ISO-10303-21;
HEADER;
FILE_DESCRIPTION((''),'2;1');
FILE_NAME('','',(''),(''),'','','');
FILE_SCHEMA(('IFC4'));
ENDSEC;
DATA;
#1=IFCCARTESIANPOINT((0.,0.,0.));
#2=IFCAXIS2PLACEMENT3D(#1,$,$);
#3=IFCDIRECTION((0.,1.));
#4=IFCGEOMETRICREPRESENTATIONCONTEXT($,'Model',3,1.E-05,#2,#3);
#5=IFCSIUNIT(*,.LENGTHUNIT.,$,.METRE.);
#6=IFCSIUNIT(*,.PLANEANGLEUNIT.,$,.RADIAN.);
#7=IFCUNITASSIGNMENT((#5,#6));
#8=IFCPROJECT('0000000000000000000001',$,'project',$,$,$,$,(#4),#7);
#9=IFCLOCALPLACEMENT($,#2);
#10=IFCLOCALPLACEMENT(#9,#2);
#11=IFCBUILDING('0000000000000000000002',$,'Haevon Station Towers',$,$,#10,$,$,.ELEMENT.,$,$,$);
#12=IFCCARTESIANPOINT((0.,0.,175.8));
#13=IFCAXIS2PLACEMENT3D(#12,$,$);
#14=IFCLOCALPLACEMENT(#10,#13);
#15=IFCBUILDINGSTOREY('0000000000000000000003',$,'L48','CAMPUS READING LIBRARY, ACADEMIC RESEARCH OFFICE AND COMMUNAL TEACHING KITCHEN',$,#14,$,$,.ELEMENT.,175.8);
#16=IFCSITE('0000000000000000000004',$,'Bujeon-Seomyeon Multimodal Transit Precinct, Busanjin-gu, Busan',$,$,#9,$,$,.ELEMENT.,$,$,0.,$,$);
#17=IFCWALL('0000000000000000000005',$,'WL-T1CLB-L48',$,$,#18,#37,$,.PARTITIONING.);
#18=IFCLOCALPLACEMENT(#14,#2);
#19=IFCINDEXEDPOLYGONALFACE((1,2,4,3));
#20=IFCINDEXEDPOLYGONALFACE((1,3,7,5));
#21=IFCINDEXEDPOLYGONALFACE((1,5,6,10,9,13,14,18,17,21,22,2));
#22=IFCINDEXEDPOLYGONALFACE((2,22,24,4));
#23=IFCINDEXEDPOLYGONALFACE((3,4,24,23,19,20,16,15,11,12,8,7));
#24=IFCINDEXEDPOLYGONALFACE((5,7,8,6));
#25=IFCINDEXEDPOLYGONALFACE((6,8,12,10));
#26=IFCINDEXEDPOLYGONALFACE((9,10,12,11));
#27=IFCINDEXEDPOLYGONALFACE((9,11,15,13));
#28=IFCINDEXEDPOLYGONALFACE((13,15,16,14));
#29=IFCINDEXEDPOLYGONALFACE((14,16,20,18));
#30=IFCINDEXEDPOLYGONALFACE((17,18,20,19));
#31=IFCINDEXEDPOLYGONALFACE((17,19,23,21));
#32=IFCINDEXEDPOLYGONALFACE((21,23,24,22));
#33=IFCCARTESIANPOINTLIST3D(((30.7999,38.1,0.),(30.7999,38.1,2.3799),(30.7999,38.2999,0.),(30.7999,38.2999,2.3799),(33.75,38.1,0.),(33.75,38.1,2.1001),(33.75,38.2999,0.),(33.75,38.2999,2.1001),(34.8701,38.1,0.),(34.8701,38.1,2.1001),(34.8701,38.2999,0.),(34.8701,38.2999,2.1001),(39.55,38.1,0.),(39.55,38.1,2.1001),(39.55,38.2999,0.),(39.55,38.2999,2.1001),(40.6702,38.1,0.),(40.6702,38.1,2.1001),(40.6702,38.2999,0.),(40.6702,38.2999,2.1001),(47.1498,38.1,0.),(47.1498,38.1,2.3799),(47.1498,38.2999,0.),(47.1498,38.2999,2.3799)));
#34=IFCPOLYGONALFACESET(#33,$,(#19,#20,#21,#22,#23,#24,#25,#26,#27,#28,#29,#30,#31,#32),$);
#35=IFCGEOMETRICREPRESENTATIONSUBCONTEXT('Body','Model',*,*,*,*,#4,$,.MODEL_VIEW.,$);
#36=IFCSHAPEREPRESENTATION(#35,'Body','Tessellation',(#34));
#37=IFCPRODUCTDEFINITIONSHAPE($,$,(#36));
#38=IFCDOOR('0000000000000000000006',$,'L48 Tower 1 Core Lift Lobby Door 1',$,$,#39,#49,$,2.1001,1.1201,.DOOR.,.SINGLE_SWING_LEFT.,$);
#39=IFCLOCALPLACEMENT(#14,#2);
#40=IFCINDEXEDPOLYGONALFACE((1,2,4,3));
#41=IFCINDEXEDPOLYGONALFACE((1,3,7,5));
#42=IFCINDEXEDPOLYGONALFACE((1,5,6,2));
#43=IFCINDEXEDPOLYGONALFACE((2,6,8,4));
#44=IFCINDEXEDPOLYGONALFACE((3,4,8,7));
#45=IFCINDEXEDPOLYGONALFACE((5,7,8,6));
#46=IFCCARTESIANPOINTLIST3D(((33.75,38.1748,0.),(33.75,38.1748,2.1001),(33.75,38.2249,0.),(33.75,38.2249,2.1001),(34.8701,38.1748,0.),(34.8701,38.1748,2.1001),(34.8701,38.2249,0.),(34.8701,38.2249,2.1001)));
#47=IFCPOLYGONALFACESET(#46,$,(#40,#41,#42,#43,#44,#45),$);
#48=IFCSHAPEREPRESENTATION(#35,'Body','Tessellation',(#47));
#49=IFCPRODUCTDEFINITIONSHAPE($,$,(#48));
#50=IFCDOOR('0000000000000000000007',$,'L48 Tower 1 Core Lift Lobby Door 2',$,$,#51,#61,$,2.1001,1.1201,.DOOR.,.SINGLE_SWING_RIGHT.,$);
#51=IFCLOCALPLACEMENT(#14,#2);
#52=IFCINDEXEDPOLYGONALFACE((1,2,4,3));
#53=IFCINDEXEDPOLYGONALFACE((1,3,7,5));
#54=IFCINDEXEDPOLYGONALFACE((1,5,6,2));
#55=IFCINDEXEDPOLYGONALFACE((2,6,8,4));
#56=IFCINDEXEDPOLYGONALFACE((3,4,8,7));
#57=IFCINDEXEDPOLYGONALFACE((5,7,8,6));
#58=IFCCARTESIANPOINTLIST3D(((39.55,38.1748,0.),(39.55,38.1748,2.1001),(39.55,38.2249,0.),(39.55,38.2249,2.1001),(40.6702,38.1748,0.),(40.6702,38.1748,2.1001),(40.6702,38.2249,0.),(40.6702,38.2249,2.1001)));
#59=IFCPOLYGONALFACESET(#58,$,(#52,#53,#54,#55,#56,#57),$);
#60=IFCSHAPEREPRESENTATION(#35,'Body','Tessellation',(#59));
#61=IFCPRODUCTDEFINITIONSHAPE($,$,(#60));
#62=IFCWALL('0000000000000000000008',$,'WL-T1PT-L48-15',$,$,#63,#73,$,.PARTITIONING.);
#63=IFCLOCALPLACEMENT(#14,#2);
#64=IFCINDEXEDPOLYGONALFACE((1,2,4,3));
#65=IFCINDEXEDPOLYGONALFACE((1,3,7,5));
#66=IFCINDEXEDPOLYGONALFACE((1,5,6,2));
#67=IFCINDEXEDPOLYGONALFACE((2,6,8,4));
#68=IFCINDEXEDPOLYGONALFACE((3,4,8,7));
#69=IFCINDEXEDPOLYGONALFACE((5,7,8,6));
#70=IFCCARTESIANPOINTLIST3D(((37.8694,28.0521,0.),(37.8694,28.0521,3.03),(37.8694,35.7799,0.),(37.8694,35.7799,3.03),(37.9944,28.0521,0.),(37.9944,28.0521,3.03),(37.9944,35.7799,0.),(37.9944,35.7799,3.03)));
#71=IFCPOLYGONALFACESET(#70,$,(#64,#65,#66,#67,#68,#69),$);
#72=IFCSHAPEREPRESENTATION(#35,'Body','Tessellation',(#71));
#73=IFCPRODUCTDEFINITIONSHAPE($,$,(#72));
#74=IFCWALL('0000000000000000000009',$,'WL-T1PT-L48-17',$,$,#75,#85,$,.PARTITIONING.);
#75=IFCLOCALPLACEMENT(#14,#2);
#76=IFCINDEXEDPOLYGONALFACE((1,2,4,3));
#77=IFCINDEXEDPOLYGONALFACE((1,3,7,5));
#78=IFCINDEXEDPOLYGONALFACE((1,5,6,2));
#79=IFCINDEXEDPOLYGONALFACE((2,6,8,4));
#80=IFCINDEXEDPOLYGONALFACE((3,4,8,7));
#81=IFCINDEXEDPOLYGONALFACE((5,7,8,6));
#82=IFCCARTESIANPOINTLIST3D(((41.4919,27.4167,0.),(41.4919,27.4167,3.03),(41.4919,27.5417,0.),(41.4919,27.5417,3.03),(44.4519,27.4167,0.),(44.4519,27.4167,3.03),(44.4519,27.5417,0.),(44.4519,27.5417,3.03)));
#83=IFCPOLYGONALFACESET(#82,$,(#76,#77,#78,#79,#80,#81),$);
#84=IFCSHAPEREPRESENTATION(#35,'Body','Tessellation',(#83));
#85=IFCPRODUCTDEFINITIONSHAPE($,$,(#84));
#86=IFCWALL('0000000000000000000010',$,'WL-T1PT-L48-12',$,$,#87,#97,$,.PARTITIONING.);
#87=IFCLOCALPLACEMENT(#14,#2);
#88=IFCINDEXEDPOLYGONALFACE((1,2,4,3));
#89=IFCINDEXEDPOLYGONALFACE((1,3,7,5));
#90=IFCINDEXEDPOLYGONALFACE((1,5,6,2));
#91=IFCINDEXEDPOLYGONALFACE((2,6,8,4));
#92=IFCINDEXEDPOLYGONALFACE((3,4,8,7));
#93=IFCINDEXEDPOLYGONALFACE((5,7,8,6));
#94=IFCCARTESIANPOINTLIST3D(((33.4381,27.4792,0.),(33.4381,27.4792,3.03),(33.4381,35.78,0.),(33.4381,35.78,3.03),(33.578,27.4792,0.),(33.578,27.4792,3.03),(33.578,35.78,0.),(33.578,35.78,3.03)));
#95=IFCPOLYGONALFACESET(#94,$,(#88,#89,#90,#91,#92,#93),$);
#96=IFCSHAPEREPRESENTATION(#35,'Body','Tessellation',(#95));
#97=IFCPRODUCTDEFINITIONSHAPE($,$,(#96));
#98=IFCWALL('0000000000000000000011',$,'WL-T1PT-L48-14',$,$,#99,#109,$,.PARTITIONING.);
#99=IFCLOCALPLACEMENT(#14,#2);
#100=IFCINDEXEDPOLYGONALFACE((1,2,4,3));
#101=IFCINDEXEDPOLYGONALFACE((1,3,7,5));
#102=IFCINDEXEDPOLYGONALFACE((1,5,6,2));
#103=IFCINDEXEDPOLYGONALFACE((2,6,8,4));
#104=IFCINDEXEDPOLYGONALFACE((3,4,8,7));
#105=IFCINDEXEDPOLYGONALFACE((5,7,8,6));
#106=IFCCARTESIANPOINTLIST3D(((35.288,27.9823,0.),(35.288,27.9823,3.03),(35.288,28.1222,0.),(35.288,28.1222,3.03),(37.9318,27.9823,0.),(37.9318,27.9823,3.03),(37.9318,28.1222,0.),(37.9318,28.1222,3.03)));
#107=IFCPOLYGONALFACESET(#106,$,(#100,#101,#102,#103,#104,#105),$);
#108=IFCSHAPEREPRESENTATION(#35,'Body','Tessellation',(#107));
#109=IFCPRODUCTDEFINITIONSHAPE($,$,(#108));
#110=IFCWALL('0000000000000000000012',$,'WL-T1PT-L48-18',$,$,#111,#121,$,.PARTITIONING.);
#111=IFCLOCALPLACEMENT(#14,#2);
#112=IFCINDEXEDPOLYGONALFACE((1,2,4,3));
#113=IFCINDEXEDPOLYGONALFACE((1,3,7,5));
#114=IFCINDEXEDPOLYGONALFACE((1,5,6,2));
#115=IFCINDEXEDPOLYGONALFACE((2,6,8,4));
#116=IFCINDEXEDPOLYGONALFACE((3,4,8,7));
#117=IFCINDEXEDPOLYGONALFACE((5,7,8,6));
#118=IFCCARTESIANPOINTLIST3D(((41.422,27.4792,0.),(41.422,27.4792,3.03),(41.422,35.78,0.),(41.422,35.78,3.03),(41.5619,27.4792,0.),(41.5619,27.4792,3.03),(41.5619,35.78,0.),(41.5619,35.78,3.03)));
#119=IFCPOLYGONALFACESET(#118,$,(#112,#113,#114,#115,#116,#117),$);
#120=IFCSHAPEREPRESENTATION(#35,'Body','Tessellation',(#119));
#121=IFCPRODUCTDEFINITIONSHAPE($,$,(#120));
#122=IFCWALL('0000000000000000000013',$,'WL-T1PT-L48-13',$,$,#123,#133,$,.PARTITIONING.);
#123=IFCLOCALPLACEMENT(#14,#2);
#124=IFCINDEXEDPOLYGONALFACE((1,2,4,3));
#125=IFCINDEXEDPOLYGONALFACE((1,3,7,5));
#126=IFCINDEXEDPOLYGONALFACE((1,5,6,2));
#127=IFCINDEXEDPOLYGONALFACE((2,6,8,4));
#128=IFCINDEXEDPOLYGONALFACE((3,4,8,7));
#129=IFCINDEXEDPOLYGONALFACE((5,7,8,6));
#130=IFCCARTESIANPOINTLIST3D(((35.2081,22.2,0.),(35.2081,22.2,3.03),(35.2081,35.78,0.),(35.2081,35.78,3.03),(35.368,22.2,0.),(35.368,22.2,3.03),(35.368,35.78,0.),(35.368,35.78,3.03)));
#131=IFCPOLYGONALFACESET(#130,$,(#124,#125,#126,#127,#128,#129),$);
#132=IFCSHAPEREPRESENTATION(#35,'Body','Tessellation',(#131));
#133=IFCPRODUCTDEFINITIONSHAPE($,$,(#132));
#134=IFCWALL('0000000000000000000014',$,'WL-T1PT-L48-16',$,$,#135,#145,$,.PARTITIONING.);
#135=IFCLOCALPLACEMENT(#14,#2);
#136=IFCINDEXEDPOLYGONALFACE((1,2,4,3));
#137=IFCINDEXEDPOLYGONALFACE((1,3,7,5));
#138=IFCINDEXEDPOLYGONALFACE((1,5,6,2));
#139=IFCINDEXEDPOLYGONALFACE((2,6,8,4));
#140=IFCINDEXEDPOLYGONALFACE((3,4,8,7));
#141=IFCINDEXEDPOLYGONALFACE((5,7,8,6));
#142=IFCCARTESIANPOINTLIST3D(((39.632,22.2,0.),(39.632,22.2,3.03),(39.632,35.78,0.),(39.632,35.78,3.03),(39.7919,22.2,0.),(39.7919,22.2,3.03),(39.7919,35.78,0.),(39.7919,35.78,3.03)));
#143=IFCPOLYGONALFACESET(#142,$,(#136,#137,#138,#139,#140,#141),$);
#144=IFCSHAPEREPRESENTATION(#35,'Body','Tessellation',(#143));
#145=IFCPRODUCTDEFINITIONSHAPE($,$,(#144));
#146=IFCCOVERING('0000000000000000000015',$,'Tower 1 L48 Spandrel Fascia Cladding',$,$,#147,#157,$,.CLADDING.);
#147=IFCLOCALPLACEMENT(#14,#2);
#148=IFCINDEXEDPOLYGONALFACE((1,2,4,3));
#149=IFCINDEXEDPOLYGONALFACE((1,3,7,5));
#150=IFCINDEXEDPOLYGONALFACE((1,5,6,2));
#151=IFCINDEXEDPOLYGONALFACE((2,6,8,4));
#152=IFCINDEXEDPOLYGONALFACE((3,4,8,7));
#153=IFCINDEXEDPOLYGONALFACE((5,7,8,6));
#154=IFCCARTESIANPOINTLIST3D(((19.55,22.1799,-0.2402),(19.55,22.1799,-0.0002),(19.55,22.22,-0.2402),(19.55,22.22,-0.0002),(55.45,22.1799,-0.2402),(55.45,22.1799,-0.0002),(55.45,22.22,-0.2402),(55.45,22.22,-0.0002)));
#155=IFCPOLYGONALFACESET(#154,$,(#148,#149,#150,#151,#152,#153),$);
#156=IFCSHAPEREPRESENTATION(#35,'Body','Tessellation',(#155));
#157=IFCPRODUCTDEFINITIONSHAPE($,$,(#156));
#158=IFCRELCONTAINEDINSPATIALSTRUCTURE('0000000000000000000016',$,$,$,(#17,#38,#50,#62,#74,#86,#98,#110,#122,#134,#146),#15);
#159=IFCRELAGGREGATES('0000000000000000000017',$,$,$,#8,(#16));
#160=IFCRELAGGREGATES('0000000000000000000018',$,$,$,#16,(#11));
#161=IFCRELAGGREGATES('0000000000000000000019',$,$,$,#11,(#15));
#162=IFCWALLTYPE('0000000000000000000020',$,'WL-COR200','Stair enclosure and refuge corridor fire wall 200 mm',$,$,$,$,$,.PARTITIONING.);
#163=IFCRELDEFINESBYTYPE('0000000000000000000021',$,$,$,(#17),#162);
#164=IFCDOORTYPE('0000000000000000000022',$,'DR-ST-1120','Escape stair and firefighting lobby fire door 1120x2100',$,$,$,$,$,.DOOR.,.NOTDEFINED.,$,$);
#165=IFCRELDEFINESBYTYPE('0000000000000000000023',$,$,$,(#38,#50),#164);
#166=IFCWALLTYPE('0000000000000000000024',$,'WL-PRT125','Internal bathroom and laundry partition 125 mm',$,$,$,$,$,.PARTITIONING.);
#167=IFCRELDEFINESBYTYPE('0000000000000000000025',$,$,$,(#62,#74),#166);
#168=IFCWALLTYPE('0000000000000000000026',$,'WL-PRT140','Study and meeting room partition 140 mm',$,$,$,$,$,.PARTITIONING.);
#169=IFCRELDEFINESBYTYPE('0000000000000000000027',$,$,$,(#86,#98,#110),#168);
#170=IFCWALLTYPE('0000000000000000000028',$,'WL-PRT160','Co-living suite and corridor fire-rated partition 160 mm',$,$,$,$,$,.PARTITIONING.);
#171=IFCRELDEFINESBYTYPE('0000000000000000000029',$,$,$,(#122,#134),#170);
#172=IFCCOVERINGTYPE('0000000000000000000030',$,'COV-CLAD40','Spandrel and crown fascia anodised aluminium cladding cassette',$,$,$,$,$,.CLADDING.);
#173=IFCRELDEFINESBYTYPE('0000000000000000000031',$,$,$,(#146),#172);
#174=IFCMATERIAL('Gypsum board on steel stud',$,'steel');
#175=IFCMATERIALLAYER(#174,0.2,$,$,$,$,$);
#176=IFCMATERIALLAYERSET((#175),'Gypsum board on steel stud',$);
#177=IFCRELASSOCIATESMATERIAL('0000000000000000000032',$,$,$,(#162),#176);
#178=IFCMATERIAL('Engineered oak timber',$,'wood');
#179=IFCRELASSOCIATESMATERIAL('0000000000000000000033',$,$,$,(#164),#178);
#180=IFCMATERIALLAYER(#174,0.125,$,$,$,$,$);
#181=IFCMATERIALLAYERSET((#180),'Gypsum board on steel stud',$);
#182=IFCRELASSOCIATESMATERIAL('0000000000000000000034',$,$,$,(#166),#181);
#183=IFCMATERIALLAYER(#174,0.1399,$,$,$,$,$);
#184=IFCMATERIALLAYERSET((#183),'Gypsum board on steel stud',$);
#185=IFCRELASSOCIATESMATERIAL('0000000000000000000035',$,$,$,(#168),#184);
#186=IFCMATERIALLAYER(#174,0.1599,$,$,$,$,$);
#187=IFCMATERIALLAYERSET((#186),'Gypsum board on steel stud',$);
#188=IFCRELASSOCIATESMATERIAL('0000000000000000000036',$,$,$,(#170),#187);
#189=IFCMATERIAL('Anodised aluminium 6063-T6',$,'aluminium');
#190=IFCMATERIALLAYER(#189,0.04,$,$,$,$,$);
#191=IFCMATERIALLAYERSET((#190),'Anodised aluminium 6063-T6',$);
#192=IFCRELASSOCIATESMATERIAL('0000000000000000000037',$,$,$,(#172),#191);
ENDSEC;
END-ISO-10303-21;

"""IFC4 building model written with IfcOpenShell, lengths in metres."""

from ifc_helpers import new_model, si_unit, direction, frame, frame_2d, origin, origin_2d, place, context, subcontext, project, spatial, rectangle, extrude, material, layer, layer_set, type_object, element, fill, save


model = new_model("IFC4")

# Units and contexts
model_context = context("Model", 3, precision=1e-05, world=origin(), true_north=direction((0.0, 1.0)))
body_context = subcontext(model_context, "Body", "Model", "MODEL_VIEW")
ifc_project = project(units=[si_unit("LENGTHUNIT", "METRE"), si_unit("PLANEANGLEUNIT", "RADIAN")], contexts=[model_context])

# Site, building, storey
site_placement = place(None, origin())
site = spatial("IfcSite", under=ifc_project, at=site_placement, Name="Bujeon-Seomyeon Multimodal Transit Precinct, Busanjin-gu, Busan", CompositionType="ELEMENT", RefElevation=0.0)
building_placement = place(site_placement, origin())
building = spatial("IfcBuilding", under=site, at=building_placement, Name="Haevon Station Towers", CompositionType="ELEMENT")
storey_placement = place(building_placement, frame((0.0, 0.0, 175.8)))
storey = spatial("IfcBuildingStorey", under=building, at=storey_placement, Name="L48", Description="CAMPUS READING LIBRARY, ACADEMIC RESEARCH OFFICE AND COMMUNAL TEACHING KITCHEN", CompositionType="ELEMENT", Elevation=175.8)

# Shared definitions
ifc_material_1 = material(Name="Gypsum board on steel stud", Category="steel")
ifc_layer_1 = layer(ifc_material_1, 0.2)
ifc_layer_set_1 = layer_set([ifc_layer_1], Name="Gypsum board on steel stud")
wall_type_1 = type_object("IfcWallType", Name="WL-COR200", Description="Stair enclosure and refuge corridor fire wall 200 mm", PredefinedType="PARTITIONING", material=ifc_layer_set_1)
ifc_material_2 = material(Name="Engineered oak timber", Category="wood")

# Wall, openings, doors
wall_1_placement = place(storey_placement, frame((30.8, 38.2, 0.0), z_axis=(0.0, 0.0, 1.0), x_axis=(1.0, 0.0, 0.0)))
wall_1 = element("IfcWall", 1, at=wall_1_placement, inside=storey, type_object=wall_type_1, Name="WL-T1CLB-L48", PredefinedType="PARTITIONING", context=body_context, shape_type="SweptSolid", body=[
    extrude(rectangle(XDim=16.3499, YDim=0.2, at=frame_2d((8.1748, 0.0))), origin(), (0.0, 0.0, 1.0), 2.3799),
])
opening_1_placement = place(wall_1_placement, frame((2.95, 0.0, 0.0)))
opening_1 = element("IfcOpeningElement", 2, at=opening_1_placement, cuts=wall_1, PredefinedType="OPENING", context=body_context, shape_type="SweptSolid", body=[
    extrude(rectangle(XDim=1.1201, YDim=2.1001, at=frame_2d((0.5601, 1.05))), frame((0.0, 0.1099, 0.0), z_axis=(0.0, -1.0, 0.0), x_axis=(1.0, 0.0, 0.0)), (0.0, 0.0, 1.0), 0.22),
])
opening_2_placement = place(wall_1_placement, frame((8.75, 0.0, 0.0)))
opening_2 = element("IfcOpeningElement", 3, at=opening_2_placement, cuts=wall_1, PredefinedType="OPENING", context=body_context, shape_type="SweptSolid", body=[
    extrude(rectangle(XDim=1.1201, YDim=2.1001, at=frame_2d((0.5601, 1.05))), frame((0.0, 0.1099, 0.0), z_axis=(0.0, -1.0, 0.0), x_axis=(1.0, 0.0, 0.0)), (0.0, 0.0, 1.0), 0.22),
])
door_type_1 = type_object("IfcDoorType", Name="DR-ST-1120", Description="Escape stair and firefighting lobby fire door 1120x2100", OperationType="NOTDEFINED", PredefinedType="DOOR", material=ifc_material_2)
door_1_placement = place(opening_1_placement, origin())
door_1 = element("IfcDoor", 4, at=door_1_placement, inside=storey, type_object=door_type_1, Name="L48 Tower 1 Core Lift Lobby Door 1", OperationType="SINGLE_SWING_LEFT", OverallHeight=2.1001, OverallWidth=1.1201, PredefinedType="DOOR", context=body_context, shape_type="SweptSolid", body=[
    extrude(rectangle(XDim=1.1201, YDim=2.1001, at=frame_2d((0.5601, 1.05))), frame((0.0, 0.0249, 0.0), z_axis=(0.0, -1.0, 0.0), x_axis=(1.0, 0.0, 0.0)), (0.0, 0.0, 1.0), 0.05),
])
fill(opening_1, door_1)
door_2_placement = place(opening_2_placement, origin())
door_2 = element("IfcDoor", 5, at=door_2_placement, inside=storey, type_object=door_type_1, Name="L48 Tower 1 Core Lift Lobby Door 2", OperationType="SINGLE_SWING_RIGHT", OverallHeight=2.1001, OverallWidth=1.1201, PredefinedType="DOOR", context=body_context, shape_type="SweptSolid", body=[
    extrude(rectangle(XDim=1.1201, YDim=2.1001, at=frame_2d((0.5601, 1.05))), frame((0.0, 0.0249, 0.0), z_axis=(0.0, -1.0, 0.0), x_axis=(1.0, 0.0, 0.0)), (0.0, 0.0, 1.0), 0.05),
])
fill(opening_2, door_2)

# Walls
ifc_layer_2 = layer(ifc_material_1, 0.125)
ifc_layer_set_2 = layer_set([ifc_layer_2], Name="Gypsum board on steel stud")
wall_type_2 = type_object("IfcWallType", Name="WL-PRT125", Description="Internal bathroom and laundry partition 125 mm", PredefinedType="PARTITIONING", material=ifc_layer_set_2)
wall_2_placement = place(storey_placement, frame((37.9319, 28.0522, 0.0), z_axis=(0.0, 0.0, 1.0), x_axis=(0.0, 1.0, 0.0)))
element("IfcWall", 6, at=wall_2_placement, inside=storey, type_object=wall_type_2, Name="WL-T1PT-L48-15", PredefinedType="PARTITIONING", context=body_context, shape_type="SweptSolid", body=[
    extrude(rectangle(XDim=7.7278, YDim=0.125, at=frame_2d((3.8638, 0.0))), origin(), (0.0, 0.0, 1.0), 3.03),
])
wall_3_placement = place(storey_placement, frame((41.4919, 27.4792, 0.0), z_axis=(0.0, 0.0, 1.0), x_axis=(1.0, 0.0, 0.0)))
element("IfcWall", 7, at=wall_3_placement, inside=storey, type_object=wall_type_2, Name="WL-T1PT-L48-17", PredefinedType="PARTITIONING", context=body_context, shape_type="SweptSolid", body=[
    extrude(rectangle(XDim=2.96, YDim=0.125, at=frame_2d((1.48, 0.0))), origin(), (0.0, 0.0, 1.0), 3.03),
])
ifc_layer_3 = layer(ifc_material_1, 0.1399)
ifc_layer_set_3 = layer_set([ifc_layer_3], Name="Gypsum board on steel stud")
wall_type_3 = type_object("IfcWallType", Name="WL-PRT140", Description="Study and meeting room partition 140 mm", PredefinedType="PARTITIONING", material=ifc_layer_set_3)
wall_4_placement = place(storey_placement, frame((33.5081, 27.4792, 0.0), z_axis=(0.0, 0.0, 1.0), x_axis=(0.0, 1.0, 0.0)))
element("IfcWall", 8, at=wall_4_placement, inside=storey, type_object=wall_type_3, Name="WL-T1PT-L48-12", PredefinedType="PARTITIONING", context=body_context, shape_type="SweptSolid", body=[
    extrude(rectangle(XDim=8.3008, YDim=0.1399, at=frame_2d((4.1504, 0.0))), origin(), (0.0, 0.0, 1.0), 3.03),
])
wall_5_placement = place(storey_placement, frame((35.2881, 28.0522, 0.0), z_axis=(0.0, 0.0, 1.0), x_axis=(1.0, 0.0, 0.0)))
element("IfcWall", 9, at=wall_5_placement, inside=storey, type_object=wall_type_3, Name="WL-T1PT-L48-14", PredefinedType="PARTITIONING", context=body_context, shape_type="SweptSolid", body=[
    extrude(rectangle(XDim=2.6438, YDim=0.1399, at=frame_2d((1.3218, 0.0))), origin(), (0.0, 0.0, 1.0), 3.03),
])
wall_6_placement = place(storey_placement, frame((41.4919, 27.4792, 0.0), z_axis=(0.0, 0.0, 1.0), x_axis=(0.0, 1.0, 0.0)))
element("IfcWall", 10, at=wall_6_placement, inside=storey, type_object=wall_type_3, Name="WL-T1PT-L48-18", PredefinedType="PARTITIONING", context=body_context, shape_type="SweptSolid", body=[
    extrude(rectangle(XDim=8.3008, YDim=0.1399, at=frame_2d((4.1504, 0.0))), origin(), (0.0, 0.0, 1.0), 3.03),
])
ifc_layer_4 = layer(ifc_material_1, 0.1599)
ifc_layer_set_4 = layer_set([ifc_layer_4], Name="Gypsum board on steel stud")
wall_type_4 = type_object("IfcWallType", Name="WL-PRT160", Description="Co-living suite and corridor fire-rated partition 160 mm", PredefinedType="PARTITIONING", material=ifc_layer_set_4)
for number, where, z_axis, x_axis, name in (
    (11, (35.2881, 22.2, 0.0), (0.0, 0.0, 1.0), (0.0, 1.0, 0.0), "WL-T1PT-L48-13"),
    (12, (39.7119, 22.2, 0.0), (0.0, 0.0, 1.0), (0.0, 1.0, 0.0), "WL-T1PT-L48-16"),
):
    element("IfcWall", number, at=place(storey_placement, frame(where, z_axis=z_axis, x_axis=x_axis)), inside=storey, type_object=wall_type_4, Name=name, PredefinedType="PARTITIONING", context=body_context, shape_type="SweptSolid", body=[
        extrude(rectangle(XDim=13.5801, YDim=0.1599, at=frame_2d((6.79, 0.0))), origin(), (0.0, 0.0, 1.0), 3.03),
    ])

# Covering
ifc_material_3 = material(Name="Anodised aluminium 6063-T6", Category="aluminium")
ifc_layer_5 = layer(ifc_material_3, 0.04)
ifc_layer_set_5 = layer_set([ifc_layer_5], Name="Anodised aluminium 6063-T6")
covering_type = type_object("IfcCoveringType", Name="COV-CLAD40", Description="Spandrel and crown fascia anodised aluminium cladding cassette", PredefinedType="CLADDING", material=ifc_layer_set_5)
covering_placement = place(storey_placement, frame((37.5, 22.2, -0.2402), z_axis=(0.0, 0.0, 1.0), x_axis=(1.0, 0.0, 0.0)))
element("IfcCovering", 13, at=covering_placement, inside=storey, type_object=covering_type, Name="Tower 1 L48 Spandrel Fascia Cladding", PredefinedType="CLADDING", context=body_context, shape_type="SweptSolid", body=[
    extrude(rectangle(XDim=35.8999, YDim=0.04, at=origin_2d()), origin(), (0.0, 0.0, 1.0), 0.24),
])

save(model, "model.ifc")
